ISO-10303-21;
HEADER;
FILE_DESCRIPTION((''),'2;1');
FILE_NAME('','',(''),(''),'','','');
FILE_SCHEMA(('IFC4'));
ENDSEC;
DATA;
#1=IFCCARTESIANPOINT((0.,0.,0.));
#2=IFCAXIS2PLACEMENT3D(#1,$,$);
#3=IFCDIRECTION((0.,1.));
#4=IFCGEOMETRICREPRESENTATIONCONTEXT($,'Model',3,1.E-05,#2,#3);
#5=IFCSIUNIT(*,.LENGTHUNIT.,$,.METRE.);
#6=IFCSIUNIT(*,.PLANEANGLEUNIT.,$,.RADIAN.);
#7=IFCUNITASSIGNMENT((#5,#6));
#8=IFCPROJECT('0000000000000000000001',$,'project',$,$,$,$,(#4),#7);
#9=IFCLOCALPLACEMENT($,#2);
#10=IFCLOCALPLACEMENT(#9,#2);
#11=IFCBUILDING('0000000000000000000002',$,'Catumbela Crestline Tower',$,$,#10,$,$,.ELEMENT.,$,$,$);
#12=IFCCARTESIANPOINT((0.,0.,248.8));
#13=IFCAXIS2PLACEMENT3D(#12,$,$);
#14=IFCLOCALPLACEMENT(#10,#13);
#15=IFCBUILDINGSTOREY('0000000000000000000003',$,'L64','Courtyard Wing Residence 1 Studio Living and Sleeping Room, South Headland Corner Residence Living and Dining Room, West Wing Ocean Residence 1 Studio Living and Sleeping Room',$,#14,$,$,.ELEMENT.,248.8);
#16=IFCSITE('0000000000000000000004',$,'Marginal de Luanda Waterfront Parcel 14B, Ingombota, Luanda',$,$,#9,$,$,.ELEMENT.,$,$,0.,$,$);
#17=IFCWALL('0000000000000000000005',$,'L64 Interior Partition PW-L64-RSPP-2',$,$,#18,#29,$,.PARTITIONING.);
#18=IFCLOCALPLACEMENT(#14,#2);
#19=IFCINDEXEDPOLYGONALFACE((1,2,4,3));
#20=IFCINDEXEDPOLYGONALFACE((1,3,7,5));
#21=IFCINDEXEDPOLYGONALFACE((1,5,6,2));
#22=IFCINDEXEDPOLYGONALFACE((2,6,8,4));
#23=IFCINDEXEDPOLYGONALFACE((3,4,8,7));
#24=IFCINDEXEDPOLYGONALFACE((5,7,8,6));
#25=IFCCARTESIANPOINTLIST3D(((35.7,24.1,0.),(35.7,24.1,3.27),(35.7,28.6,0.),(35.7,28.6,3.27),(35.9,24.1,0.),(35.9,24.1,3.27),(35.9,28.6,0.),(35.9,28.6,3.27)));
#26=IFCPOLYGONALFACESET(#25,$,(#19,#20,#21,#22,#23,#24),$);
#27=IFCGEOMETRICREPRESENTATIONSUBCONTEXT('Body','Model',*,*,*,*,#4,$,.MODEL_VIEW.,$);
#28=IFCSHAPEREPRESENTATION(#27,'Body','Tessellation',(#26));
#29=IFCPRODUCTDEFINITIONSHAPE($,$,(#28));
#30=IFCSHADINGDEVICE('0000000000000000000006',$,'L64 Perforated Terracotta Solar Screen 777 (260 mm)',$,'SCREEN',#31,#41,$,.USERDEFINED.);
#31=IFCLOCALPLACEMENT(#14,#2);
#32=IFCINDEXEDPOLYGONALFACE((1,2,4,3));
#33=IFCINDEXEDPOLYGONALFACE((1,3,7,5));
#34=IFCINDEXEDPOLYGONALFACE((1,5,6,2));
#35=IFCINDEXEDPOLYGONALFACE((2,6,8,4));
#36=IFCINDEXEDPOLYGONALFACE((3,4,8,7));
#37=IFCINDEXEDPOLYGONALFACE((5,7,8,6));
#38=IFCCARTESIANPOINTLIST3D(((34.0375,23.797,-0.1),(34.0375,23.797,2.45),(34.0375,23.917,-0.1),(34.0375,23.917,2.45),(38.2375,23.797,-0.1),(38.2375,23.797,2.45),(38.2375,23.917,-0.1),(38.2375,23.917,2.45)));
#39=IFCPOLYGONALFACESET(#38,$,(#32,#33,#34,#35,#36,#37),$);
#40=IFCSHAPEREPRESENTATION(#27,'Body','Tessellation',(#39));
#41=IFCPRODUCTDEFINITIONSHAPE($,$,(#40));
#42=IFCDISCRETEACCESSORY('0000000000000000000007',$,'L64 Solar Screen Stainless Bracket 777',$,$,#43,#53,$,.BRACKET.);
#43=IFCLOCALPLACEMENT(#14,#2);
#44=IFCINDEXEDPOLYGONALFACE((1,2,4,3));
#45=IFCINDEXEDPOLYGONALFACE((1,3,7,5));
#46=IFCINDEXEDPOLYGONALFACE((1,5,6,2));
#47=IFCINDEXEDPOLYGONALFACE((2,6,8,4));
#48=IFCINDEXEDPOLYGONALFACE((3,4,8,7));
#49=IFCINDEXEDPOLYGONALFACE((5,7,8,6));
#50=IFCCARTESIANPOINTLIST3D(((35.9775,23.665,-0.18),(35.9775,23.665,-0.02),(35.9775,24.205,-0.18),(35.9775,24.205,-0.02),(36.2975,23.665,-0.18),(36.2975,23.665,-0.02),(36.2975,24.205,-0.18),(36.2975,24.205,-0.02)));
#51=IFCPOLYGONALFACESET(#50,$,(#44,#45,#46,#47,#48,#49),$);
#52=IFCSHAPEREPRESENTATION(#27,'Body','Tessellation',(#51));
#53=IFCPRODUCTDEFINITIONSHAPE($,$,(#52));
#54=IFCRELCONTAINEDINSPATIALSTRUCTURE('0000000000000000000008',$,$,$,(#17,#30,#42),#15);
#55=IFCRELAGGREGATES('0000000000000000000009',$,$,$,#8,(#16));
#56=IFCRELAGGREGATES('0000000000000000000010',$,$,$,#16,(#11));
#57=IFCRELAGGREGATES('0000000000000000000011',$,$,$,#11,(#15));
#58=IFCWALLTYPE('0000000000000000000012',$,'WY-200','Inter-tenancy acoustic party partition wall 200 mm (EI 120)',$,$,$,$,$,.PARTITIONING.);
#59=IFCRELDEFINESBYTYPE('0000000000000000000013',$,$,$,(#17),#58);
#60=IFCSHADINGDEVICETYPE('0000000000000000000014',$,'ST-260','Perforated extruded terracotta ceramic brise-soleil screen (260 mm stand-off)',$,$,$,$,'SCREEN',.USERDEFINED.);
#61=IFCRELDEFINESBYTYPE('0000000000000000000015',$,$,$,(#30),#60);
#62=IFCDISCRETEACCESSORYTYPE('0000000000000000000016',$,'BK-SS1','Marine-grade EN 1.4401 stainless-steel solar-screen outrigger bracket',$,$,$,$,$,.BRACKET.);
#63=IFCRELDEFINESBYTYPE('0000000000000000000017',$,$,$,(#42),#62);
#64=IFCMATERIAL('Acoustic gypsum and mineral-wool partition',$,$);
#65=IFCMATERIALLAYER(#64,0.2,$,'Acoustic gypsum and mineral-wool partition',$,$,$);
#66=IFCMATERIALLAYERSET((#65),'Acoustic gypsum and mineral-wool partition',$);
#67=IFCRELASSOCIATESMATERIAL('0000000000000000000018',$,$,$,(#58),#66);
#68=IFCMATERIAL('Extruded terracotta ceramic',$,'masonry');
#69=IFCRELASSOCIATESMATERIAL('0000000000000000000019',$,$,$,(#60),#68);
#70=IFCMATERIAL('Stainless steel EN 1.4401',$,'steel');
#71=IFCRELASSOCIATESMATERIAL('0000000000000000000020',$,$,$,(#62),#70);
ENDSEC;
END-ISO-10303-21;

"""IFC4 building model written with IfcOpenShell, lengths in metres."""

from ifc_helpers import new_model, si_unit, direction, frame, frame_2d, origin, origin_2d, place, context, subcontext, project, spatial, rectangle, extrude, material, layer, layer_set, type_object, element, save


model = new_model("IFC4")

# Units and contexts
model_context = context("Model", 3, precision=1e-05, world=origin(), true_north=direction((0.0, 1.0)))
body_context = subcontext(model_context, "Body", "Model", "MODEL_VIEW")
ifc_project = project(units=[si_unit("LENGTHUNIT", "METRE"), si_unit("PLANEANGLEUNIT", "RADIAN")], contexts=[model_context])

# Site, building, storey
site_placement = place(None, origin())
site = spatial("IfcSite", under=ifc_project, at=site_placement, Name="Marginal de Luanda Waterfront Parcel 14B, Ingombota, Luanda", CompositionType="ELEMENT", RefElevation=0.0)
building_placement = place(site_placement, origin())
building = spatial("IfcBuilding", under=site, at=building_placement, Name="Catumbela Crestline Tower", CompositionType="ELEMENT")
storey_placement = place(building_placement, frame((0.0, 0.0, 248.8)))
storey = spatial("IfcBuildingStorey", under=building, at=storey_placement, Name="L64", Description="Courtyard Wing Residence 1 Studio Living and Sleeping Room, South Headland Corner Residence Living and Dining Room, West Wing Ocean Residence 1 Studio Living and Sleeping Room", CompositionType="ELEMENT", Elevation=248.8)

# Wall
ifc_material_1 = material(Name="Acoustic gypsum and mineral-wool partition")
ifc_layer_1 = layer(ifc_material_1, 0.2, Name="Acoustic gypsum and mineral-wool partition")
ifc_layer_set_1 = layer_set([ifc_layer_1], Name="Acoustic gypsum and mineral-wool partition")
wall_type_1 = type_object("IfcWallType", Name="WY-200", Description="Inter-tenancy acoustic party partition wall 200 mm (EI 120)", PredefinedType="PARTITIONING", material=ifc_layer_set_1)
wall_1_placement = place(storey_placement, frame((35.8, 24.1, 0.0), z_axis=(0.0, 0.0, 1.0), x_axis=(0.0, 1.0, 0.0)))
element("IfcWall", 1, at=wall_1_placement, inside=storey, type_object=wall_type_1, Name="L64 Interior Partition PW-L64-RSPP-2", PredefinedType="PARTITIONING", context=body_context, shape_type="SweptSolid", body=[
    extrude(rectangle(XDim=4.5, YDim=0.2, at=frame_2d((2.25, 0.0))), origin(), (0.0, 0.0, 1.0), 3.27),
])

# Shared definitions
ifc_material_2 = material(Name="Stainless steel EN 1.4401", Category="steel")

# Shading device
ifc_material_3 = material(Name="Extruded terracotta ceramic", Category="masonry")
shading_device_type = type_object("IfcShadingDeviceType", Name="ST-260", Description="Perforated extruded terracotta ceramic brise-soleil screen (260 mm stand-off)", ElementType="SCREEN", PredefinedType="USERDEFINED", material=ifc_material_3)
shading_device_placement = place(storey_placement, frame((36.1375, 23.857, -0.1), z_axis=(0.0, 0.0, 1.0), x_axis=(1.0, 0.0, 0.0)))
element("IfcShadingDevice", 2, at=shading_device_placement, inside=storey, type_object=shading_device_type, Name="L64 Perforated Terracotta Solar Screen 777 (260 mm)", ObjectType="SCREEN", PredefinedType="USERDEFINED", context=body_context, shape_type="SweptSolid", body=[
    extrude(rectangle(XDim=4.2, YDim=0.12, at=origin_2d()), origin(), (0.0, 0.0, 1.0), 2.55),
])

# Discrete accessory
discrete_accessory_type = type_object("IfcDiscreteAccessoryType", Name="BK-SS1", Description="Marine-grade EN 1.4401 stainless-steel solar-screen outrigger bracket", PredefinedType="BRACKET", material=ifc_material_2)
discrete_accessory_placement = place(storey_placement, frame((36.1375, 23.935, -0.18), z_axis=(0.0, 0.0, 1.0), x_axis=(1.0, 0.0, 0.0)))
element("IfcDiscreteAccessory", 3, at=discrete_accessory_placement, inside=storey, type_object=discrete_accessory_type, Name="L64 Solar Screen Stainless Bracket 777", PredefinedType="BRACKET", context=body_context, shape_type="SweptSolid", body=[
    extrude(rectangle(XDim=0.32, YDim=0.54, at=origin_2d()), origin(), (0.0, 0.0, 1.0), 0.16),
])

save(model, "model.ifc")
